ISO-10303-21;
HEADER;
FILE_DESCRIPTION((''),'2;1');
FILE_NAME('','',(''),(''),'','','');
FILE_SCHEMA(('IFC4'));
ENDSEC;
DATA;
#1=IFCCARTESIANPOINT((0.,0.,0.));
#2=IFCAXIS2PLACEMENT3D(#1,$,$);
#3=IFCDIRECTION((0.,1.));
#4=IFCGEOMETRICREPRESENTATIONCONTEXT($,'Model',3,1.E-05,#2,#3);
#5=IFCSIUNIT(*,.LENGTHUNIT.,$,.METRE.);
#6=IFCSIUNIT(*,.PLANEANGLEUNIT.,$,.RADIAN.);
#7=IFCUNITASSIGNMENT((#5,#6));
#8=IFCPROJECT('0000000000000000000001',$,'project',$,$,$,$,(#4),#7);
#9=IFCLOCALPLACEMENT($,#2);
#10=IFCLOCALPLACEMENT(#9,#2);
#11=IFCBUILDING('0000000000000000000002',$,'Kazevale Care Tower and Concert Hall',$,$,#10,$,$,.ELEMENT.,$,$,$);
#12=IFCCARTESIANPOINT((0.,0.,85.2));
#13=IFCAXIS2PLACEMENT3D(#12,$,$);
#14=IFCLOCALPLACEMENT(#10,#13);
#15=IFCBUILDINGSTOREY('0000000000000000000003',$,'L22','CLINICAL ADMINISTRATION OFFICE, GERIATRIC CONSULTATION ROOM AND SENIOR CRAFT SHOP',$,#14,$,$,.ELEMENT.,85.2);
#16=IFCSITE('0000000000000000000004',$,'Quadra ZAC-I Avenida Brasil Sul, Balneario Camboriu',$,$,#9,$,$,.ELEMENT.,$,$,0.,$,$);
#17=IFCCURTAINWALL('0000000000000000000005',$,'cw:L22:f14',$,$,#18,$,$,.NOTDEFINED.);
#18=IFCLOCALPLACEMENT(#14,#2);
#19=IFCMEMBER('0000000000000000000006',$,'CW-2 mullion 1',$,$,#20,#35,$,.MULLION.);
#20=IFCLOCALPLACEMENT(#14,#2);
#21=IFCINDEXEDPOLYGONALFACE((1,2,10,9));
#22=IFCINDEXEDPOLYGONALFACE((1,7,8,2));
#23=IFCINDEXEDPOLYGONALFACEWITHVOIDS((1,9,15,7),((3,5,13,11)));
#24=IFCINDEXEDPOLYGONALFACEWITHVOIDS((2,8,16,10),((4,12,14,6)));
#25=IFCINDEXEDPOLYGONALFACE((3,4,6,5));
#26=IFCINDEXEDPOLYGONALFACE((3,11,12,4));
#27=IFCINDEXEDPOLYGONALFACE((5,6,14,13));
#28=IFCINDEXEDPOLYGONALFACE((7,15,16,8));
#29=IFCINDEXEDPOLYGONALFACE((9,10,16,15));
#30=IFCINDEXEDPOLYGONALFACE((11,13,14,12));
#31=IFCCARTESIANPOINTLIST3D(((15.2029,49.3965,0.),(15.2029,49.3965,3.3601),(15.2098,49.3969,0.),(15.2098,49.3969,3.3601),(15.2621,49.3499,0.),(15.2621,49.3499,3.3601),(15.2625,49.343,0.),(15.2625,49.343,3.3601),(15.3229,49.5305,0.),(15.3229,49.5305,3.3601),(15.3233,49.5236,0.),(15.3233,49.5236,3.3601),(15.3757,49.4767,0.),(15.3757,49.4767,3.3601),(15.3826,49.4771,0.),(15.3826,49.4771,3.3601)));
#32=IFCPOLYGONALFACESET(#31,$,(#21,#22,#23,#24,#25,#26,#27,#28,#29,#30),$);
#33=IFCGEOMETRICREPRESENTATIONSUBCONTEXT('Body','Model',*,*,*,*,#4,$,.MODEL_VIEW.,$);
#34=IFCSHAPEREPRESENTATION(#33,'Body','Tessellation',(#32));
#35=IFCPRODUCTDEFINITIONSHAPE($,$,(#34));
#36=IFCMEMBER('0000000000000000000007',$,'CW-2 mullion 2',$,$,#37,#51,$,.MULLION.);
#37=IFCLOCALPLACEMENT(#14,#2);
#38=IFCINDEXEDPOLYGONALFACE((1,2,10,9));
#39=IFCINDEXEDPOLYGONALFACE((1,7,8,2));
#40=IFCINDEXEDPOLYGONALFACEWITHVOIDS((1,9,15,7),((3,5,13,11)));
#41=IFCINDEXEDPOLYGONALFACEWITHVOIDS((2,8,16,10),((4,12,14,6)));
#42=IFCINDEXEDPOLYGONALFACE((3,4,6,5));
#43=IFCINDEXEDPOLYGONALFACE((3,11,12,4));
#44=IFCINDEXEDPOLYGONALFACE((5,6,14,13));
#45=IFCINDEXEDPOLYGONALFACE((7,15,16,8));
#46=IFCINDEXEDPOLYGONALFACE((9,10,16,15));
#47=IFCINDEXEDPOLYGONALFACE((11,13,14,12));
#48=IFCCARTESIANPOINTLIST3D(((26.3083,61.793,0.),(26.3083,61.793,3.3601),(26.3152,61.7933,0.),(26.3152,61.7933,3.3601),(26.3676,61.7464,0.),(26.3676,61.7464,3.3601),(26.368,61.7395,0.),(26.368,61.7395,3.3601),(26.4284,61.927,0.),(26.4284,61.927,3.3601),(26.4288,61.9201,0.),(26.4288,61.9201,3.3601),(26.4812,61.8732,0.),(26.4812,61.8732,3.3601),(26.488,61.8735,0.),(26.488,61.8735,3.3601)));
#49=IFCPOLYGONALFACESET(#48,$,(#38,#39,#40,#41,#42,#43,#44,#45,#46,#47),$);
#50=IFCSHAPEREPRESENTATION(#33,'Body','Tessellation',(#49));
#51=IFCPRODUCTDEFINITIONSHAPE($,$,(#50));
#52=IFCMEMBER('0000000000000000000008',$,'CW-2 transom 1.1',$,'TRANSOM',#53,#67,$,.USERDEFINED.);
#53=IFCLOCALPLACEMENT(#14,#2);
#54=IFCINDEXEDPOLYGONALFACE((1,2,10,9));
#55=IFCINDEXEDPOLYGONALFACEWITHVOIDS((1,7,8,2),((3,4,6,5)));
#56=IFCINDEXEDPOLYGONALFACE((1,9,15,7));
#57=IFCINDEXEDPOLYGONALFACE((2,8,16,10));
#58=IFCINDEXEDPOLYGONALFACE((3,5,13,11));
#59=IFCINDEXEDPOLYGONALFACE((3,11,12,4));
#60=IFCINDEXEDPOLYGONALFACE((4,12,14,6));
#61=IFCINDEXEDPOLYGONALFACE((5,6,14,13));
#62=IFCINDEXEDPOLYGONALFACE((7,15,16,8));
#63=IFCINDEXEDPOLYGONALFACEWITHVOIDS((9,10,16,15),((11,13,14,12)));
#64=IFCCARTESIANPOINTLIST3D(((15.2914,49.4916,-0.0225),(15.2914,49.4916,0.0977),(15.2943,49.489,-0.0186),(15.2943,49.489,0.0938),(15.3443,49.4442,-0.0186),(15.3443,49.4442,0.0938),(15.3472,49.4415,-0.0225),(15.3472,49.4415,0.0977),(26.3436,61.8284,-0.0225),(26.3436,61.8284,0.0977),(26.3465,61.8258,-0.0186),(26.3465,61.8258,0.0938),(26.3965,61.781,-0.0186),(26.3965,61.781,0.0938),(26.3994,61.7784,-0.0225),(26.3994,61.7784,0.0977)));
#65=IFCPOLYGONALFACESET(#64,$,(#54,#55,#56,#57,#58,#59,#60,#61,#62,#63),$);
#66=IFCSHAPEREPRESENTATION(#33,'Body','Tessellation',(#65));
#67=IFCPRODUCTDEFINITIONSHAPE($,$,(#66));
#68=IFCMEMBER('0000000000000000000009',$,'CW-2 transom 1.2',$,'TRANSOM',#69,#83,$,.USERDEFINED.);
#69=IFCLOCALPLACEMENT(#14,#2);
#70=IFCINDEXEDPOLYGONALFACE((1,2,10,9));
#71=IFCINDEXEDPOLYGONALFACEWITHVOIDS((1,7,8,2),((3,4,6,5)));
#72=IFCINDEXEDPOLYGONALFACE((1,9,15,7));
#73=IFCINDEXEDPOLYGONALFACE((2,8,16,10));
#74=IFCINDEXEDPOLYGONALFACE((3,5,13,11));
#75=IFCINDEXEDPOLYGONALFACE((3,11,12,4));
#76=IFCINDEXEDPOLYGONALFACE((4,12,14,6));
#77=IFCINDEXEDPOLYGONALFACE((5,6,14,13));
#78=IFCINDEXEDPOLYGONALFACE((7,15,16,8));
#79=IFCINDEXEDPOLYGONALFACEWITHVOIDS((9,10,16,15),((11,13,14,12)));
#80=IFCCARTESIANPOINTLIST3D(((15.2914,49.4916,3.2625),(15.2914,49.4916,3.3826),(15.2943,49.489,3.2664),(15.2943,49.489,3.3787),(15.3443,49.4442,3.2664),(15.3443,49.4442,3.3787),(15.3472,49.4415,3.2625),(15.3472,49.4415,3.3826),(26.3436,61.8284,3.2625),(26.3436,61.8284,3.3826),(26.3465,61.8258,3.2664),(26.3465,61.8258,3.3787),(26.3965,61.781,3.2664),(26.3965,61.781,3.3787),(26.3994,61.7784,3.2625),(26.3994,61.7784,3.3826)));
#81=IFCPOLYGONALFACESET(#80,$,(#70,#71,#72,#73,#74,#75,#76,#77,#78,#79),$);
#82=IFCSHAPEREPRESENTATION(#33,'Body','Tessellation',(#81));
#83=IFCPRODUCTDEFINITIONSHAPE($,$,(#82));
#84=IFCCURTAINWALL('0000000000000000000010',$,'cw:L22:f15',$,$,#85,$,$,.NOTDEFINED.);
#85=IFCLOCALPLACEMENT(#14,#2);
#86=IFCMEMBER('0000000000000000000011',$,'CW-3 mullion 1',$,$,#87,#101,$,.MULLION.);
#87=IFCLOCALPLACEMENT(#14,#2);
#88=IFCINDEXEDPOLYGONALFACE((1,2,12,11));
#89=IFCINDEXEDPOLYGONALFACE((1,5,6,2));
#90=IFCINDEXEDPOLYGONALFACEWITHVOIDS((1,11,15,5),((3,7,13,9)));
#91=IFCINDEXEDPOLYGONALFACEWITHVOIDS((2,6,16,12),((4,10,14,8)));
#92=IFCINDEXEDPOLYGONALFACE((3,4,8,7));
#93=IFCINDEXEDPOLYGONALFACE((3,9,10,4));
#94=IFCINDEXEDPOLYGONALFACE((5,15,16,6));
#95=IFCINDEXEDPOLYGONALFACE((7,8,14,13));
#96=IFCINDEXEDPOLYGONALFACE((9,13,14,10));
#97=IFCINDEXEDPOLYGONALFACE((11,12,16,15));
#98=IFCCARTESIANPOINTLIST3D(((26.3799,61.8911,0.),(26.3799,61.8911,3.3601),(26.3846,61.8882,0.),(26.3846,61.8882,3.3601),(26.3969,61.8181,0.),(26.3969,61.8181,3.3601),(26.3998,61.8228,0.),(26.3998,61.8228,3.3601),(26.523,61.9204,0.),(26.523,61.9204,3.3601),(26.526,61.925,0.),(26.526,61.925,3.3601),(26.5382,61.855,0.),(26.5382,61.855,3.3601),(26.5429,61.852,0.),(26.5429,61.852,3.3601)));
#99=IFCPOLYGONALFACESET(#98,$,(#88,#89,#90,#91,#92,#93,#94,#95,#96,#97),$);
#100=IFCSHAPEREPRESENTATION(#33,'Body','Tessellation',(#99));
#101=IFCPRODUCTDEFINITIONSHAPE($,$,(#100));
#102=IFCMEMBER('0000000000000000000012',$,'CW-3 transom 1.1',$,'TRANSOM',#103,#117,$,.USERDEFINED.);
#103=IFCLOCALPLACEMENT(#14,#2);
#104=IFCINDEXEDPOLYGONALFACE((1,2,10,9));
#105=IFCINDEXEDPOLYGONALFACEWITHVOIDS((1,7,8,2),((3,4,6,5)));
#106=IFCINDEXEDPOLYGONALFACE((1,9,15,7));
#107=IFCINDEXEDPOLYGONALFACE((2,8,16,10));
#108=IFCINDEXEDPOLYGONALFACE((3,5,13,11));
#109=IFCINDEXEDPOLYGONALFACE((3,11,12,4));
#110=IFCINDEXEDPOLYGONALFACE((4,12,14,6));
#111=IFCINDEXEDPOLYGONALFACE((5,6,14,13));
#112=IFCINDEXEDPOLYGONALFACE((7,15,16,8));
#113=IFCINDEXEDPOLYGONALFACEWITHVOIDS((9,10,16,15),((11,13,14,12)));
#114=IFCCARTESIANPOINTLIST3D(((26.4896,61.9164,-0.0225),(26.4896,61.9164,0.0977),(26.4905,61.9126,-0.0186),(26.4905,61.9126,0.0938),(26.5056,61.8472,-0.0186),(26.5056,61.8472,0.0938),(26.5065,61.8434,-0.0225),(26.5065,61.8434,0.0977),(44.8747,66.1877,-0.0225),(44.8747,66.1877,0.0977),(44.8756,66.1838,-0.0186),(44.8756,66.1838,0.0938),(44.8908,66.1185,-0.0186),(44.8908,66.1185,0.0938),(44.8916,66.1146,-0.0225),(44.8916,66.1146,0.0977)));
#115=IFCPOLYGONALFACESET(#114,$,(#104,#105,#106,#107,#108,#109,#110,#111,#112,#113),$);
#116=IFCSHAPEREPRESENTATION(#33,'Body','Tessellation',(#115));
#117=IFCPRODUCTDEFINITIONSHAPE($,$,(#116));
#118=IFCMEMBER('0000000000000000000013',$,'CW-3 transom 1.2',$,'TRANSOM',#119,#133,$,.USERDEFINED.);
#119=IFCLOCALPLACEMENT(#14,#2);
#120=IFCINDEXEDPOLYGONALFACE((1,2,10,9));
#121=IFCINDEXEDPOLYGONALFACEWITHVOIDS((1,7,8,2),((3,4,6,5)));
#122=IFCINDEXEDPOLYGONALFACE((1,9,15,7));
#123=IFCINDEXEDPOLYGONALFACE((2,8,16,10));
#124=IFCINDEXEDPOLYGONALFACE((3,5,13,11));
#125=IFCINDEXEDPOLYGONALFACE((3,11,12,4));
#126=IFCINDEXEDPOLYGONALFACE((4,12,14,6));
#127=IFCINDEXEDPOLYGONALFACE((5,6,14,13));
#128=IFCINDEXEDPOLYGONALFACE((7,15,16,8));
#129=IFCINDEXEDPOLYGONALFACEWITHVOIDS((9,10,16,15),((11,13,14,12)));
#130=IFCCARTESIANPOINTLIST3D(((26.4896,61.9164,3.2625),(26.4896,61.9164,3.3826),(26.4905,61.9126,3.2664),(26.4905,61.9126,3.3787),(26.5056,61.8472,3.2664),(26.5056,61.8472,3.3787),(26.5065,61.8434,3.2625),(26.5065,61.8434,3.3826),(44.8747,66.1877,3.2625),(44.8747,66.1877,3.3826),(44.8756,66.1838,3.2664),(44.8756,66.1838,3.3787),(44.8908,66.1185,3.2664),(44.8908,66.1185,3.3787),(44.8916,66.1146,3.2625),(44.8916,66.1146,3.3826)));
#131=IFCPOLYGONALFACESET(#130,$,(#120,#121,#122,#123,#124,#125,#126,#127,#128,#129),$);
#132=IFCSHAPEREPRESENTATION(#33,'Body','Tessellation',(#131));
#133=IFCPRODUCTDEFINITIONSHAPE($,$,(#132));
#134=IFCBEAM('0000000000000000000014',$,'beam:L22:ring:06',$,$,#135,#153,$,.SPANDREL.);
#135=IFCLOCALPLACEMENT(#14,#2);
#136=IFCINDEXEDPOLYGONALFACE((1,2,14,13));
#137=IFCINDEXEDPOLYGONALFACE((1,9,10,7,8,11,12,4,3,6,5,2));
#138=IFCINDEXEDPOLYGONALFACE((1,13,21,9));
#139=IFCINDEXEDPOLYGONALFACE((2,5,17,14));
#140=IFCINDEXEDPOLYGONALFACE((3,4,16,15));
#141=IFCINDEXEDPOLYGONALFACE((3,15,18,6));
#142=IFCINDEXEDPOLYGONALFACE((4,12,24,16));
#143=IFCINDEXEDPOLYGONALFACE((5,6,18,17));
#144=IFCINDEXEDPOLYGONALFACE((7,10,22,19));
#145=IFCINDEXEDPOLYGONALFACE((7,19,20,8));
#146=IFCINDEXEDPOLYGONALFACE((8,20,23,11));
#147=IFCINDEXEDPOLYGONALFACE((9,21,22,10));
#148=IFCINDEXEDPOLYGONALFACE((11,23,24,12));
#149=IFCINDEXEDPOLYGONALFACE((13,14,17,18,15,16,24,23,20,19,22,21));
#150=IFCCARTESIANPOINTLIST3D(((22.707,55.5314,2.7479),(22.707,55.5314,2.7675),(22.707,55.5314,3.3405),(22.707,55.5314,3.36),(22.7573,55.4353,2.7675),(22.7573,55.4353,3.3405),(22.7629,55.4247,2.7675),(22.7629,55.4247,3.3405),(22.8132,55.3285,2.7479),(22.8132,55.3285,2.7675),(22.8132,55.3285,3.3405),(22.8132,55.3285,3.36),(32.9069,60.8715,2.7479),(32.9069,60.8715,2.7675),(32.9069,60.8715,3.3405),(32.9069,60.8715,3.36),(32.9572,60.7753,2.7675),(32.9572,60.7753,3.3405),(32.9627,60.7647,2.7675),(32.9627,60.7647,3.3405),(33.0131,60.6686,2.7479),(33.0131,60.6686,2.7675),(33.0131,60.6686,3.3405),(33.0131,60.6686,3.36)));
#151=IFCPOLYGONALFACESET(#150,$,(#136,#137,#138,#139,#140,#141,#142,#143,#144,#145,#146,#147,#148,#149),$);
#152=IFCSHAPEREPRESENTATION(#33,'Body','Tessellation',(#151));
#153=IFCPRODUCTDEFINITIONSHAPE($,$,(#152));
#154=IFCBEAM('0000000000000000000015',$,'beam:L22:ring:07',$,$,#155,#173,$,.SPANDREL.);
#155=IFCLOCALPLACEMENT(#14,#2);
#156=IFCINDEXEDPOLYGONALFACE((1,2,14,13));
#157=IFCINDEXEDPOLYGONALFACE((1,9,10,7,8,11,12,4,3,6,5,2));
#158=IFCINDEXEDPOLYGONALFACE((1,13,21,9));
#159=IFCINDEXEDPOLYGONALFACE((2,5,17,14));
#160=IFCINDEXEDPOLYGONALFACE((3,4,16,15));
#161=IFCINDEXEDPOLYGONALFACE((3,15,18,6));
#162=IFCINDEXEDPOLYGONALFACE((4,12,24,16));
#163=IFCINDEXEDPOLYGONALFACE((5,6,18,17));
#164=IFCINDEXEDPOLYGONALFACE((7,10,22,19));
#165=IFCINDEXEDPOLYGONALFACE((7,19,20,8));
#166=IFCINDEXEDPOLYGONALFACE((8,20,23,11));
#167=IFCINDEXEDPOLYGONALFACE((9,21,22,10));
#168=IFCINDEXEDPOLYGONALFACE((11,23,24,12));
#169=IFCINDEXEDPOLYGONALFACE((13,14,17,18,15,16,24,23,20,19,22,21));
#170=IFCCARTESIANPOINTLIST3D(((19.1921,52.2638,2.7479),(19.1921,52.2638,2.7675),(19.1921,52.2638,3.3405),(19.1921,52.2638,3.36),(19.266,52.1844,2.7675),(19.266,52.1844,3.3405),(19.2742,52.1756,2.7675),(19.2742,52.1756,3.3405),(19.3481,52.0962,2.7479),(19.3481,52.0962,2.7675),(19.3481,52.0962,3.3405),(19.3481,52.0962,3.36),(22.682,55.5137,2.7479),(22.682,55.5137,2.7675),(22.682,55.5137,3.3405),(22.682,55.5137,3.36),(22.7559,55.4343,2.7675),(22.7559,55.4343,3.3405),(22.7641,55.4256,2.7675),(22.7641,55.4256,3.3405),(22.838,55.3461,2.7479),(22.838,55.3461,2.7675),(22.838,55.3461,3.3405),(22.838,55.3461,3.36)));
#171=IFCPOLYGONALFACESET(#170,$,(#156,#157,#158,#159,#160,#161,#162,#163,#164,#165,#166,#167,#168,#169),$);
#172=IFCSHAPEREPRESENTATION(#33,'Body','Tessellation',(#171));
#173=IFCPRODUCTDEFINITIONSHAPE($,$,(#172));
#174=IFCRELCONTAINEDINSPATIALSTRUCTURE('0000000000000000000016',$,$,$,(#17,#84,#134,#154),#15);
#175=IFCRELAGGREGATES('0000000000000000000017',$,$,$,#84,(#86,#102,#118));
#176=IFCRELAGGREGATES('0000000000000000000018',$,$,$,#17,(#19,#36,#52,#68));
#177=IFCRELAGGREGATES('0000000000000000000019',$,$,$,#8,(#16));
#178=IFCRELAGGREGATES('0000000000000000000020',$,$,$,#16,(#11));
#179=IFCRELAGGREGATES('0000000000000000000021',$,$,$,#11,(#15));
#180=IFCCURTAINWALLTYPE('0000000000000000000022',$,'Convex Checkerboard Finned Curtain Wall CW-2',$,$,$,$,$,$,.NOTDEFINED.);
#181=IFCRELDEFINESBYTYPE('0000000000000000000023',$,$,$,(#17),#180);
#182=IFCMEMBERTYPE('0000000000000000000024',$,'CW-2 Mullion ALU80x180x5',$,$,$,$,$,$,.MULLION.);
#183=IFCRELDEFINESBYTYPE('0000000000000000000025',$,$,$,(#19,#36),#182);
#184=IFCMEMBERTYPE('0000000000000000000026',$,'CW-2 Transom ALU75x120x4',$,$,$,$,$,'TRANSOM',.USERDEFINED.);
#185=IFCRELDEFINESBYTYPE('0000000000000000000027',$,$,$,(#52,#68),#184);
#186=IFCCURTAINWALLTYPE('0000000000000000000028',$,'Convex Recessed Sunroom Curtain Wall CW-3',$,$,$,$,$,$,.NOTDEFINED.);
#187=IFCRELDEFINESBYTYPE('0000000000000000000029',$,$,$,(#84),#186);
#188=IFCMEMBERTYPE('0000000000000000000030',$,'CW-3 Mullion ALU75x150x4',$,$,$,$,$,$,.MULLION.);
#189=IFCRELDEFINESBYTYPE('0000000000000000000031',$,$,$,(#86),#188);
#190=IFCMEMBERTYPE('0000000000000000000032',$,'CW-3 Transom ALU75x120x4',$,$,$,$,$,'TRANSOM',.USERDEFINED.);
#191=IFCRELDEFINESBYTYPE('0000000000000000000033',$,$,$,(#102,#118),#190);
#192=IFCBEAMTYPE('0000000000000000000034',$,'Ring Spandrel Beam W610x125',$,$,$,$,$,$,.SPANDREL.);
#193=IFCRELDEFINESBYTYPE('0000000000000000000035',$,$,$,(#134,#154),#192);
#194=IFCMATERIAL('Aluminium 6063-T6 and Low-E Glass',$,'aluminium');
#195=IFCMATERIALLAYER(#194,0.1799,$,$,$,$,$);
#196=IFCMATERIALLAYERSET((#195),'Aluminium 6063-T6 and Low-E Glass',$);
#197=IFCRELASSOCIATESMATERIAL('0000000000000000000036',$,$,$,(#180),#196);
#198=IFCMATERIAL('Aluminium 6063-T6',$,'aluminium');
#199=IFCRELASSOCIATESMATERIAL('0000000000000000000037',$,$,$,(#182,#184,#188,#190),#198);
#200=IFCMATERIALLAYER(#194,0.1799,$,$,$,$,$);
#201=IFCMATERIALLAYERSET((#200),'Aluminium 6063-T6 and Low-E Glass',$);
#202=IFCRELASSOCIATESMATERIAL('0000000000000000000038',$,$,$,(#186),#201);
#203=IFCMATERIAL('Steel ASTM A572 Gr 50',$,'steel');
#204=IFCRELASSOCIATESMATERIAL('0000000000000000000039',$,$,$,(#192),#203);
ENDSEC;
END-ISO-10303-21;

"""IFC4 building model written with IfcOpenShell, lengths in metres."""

from ifc_helpers import new_model, si_unit, direction, frame, origin, origin_2d, place, context, subcontext, project, spatial, hollow_rectangle, i_section, extrude, material, layer, layer_set, material_profile, profile_set, type_object, element, aggregate, save


model = new_model("IFC4")

# Units and contexts
model_context = context("Model", 3, precision=1e-05, world=origin(), true_north=direction((0.0, 1.0)))
body_context = subcontext(model_context, "Body", "Model", "MODEL_VIEW")
ifc_project = project(units=[si_unit("LENGTHUNIT", "METRE"), si_unit("PLANEANGLEUNIT", "RADIAN")], contexts=[model_context])

# Site, building, storey
site_placement = place(None, origin())
site = spatial("IfcSite", under=ifc_project, at=site_placement, Name="Quadra ZAC-I Avenida Brasil Sul, Balneario Camboriu", CompositionType="ELEMENT", RefElevation=0.0)
building_placement = place(site_placement, origin())
building = spatial("IfcBuilding", under=site, at=building_placement, Name="Kazevale Care Tower and Concert Hall", CompositionType="ELEMENT")
storey_placement = place(building_placement, frame((0.0, 0.0, 85.2)))
storey = spatial("IfcBuildingStorey", under=building, at=storey_placement, Name="L22", Description="CLINICAL ADMINISTRATION OFFICE, GERIATRIC CONSULTATION ROOM AND SENIOR CRAFT SHOP", CompositionType="ELEMENT", Elevation=85.2)

# Curtain walls, members
ifc_material_1 = material(Name="Aluminium 6063-T6 and Low-E Glass", Category="aluminium")
ifc_layer_1 = layer(ifc_material_1, 0.1799)
ifc_layer_set_1 = layer_set([ifc_layer_1], Name="Aluminium 6063-T6 and Low-E Glass")
curtain_wall_type_1 = type_object("IfcCurtainWallType", Name="Convex Checkerboard Finned Curtain Wall CW-2", PredefinedType="NOTDEFINED", material=ifc_layer_set_1)
curtain_wall_1_placement = place(storey_placement, origin())
curtain_wall_1 = element("IfcCurtainWall", 1, at=curtain_wall_1_placement, inside=storey, type_object=curtain_wall_type_1, Name="cw:L22:f14", PredefinedType="NOTDEFINED")
ifc_material_2 = material(Name="Aluminium 6063-T6", Category="aluminium")
ifc_material_profile_1 = material_profile(ifc_material_2, hollow_rectangle(XDim=0.0801, YDim=0.1799, WallThickness=0.0049, at=origin_2d()), Name="ALU80x180x5")
ifc_profile_set_1 = profile_set([ifc_material_profile_1], Name="Aluminium 6063-T6")
member_type_1 = type_object("IfcMemberType", Name="CW-2 Mullion ALU80x180x5", PredefinedType="MULLION", material=ifc_profile_set_1)
member_1_placement = place(storey_placement, frame((15.2927, 49.4368, 0.0), z_axis=(0.0, 0.0, 1.0), x_axis=(-0.74482, 0.667265, 0.0)))
member_1 = element("IfcMember", 2, at=member_1_placement, type_object=member_type_1, Name="CW-2 mullion 1", PredefinedType="MULLION", context=body_context, shape_type="SweptSolid", body=[
    extrude(hollow_rectangle(XDim=0.0801, YDim=0.1799, WallThickness=0.0049, at=origin_2d()), origin(), (0.0, 0.0, 1.0), 3.3601),
])
member_2_placement = place(storey_placement, frame((26.3982, 61.8333, 0.0), z_axis=(0.0, 0.0, 1.0), x_axis=(-0.74482, 0.667265, 0.0)))
member_2 = element("IfcMember", 3, at=member_2_placement, type_object=member_type_1, Name="CW-2 mullion 2", PredefinedType="MULLION", context=body_context, shape_type="SweptSolid", body=[
    extrude(hollow_rectangle(XDim=0.0801, YDim=0.1799, WallThickness=0.0049, at=origin_2d()), origin(), (0.0, 0.0, 1.0), 3.3601),
])
ifc_material_profile_2 = material_profile(ifc_material_2, hollow_rectangle(XDim=0.075, YDim=0.1201, WallThickness=0.0039, at=origin_2d()), Name="ALU75x120x4")
ifc_profile_set_2 = profile_set([ifc_material_profile_2], Name="Aluminium 6063-T6")
member_type_2 = type_object("IfcMemberType", Name="CW-2 Transom ALU75x120x4", ElementType="TRANSOM", PredefinedType="USERDEFINED", material=ifc_profile_set_2)
member_3_placement = place(storey_placement, frame((15.3193, 49.4666, 0.0376), z_axis=(0.667263, 0.744823, 0.0), x_axis=(-0.744823, 0.667263, 0.0)))
member_3 = element("IfcMember", 4, at=member_3_placement, type_object=member_type_2, Name="CW-2 transom 1.1", ObjectType="TRANSOM", PredefinedType="USERDEFINED", context=body_context, shape_type="SweptSolid", body=[
    extrude(hollow_rectangle(XDim=0.075, YDim=0.1201, WallThickness=0.0039, at=origin_2d()), origin(), (0.0, 0.0, 1.0), 16.5635),
])
member_4_placement = place(storey_placement, frame((15.3193, 49.4666, 3.3225), z_axis=(0.667263, 0.744823, 0.0), x_axis=(-0.744823, 0.667263, 0.0)))
member_4 = element("IfcMember", 5, at=member_4_placement, type_object=member_type_2, Name="CW-2 transom 1.2", ObjectType="TRANSOM", PredefinedType="USERDEFINED", context=body_context, shape_type="SweptSolid", body=[
    extrude(hollow_rectangle(XDim=0.075, YDim=0.1201, WallThickness=0.0039, at=origin_2d()), origin(), (0.0, 0.0, 1.0), 16.5635),
])
ifc_layer_2 = layer(ifc_material_1, 0.1799)
ifc_layer_set_2 = layer_set([ifc_layer_2], Name="Aluminium 6063-T6 and Low-E Glass")
curtain_wall_type_2 = type_object("IfcCurtainWallType", Name="Convex Recessed Sunroom Curtain Wall CW-3", PredefinedType="NOTDEFINED", material=ifc_layer_set_2)
curtain_wall_2_placement = place(storey_placement, origin())
curtain_wall_2 = element("IfcCurtainWall", 6, at=curtain_wall_2_placement, inside=storey, type_object=curtain_wall_type_2, Name="cw:L22:f15", PredefinedType="NOTDEFINED")
ifc_material_profile_3 = material_profile(ifc_material_2, hollow_rectangle(XDim=0.075, YDim=0.1499, WallThickness=0.0039, at=origin_2d()), Name="ALU75x150x4")
ifc_profile_set_3 = profile_set([ifc_material_profile_3], Name="Aluminium 6063-T6")
member_type_3 = type_object("IfcMemberType", Name="CW-3 Mullion ALU75x150x4", PredefinedType="MULLION", material=ifc_profile_set_3)
member_5_placement = place(storey_placement, frame((26.4614, 61.8716, 0.0), z_axis=(0.0, 0.0, 1.0), x_axis=(-0.226287, 0.974061, 0.0)))
member_5 = element("IfcMember", 7, at=member_5_placement, type_object=member_type_3, Name="CW-3 mullion 1", PredefinedType="MULLION", context=body_context, shape_type="SweptSolid", body=[
    extrude(hollow_rectangle(XDim=0.075, YDim=0.1499, WallThickness=0.0039, at=origin_2d()), origin(), (0.0, 0.0, 1.0), 3.3601),
])
ifc_material_profile_4 = material_profile(ifc_material_2, hollow_rectangle(XDim=0.075, YDim=0.1201, WallThickness=0.0039, at=origin_2d()), Name="ALU75x120x4")
ifc_profile_set_4 = profile_set([ifc_material_profile_4], Name="Aluminium 6063-T6")
member_type_4 = type_object("IfcMemberType", Name="CW-3 Transom ALU75x120x4", ElementType="TRANSOM", PredefinedType="USERDEFINED", material=ifc_profile_set_4)
member_6_placement = place(storey_placement, frame((26.498, 61.8799, 0.0376), z_axis=(0.974059, 0.226295, 0.0), x_axis=(-0.226295, 0.974059, 0.0)))
member_6 = element("IfcMember", 8, at=member_6_placement, type_object=member_type_4, Name="CW-3 transom 1.1", ObjectType="TRANSOM", PredefinedType="USERDEFINED", context=body_context, shape_type="SweptSolid", body=[
    extrude(hollow_rectangle(XDim=0.075, YDim=0.1201, WallThickness=0.0039, at=origin_2d()), origin(), (0.0, 0.0, 1.0), 18.8748),
])
member_7_placement = place(storey_placement, frame((26.498, 61.8799, 3.3225), z_axis=(0.974059, 0.226295, 0.0), x_axis=(-0.226295, 0.974059, 0.0)))
member_7 = element("IfcMember", 9, at=member_7_placement, type_object=member_type_4, Name="CW-3 transom 1.2", ObjectType="TRANSOM", PredefinedType="USERDEFINED", context=body_context, shape_type="SweptSolid", body=[
    extrude(hollow_rectangle(XDim=0.075, YDim=0.1201, WallThickness=0.0039, at=origin_2d()), origin(), (0.0, 0.0, 1.0), 18.8748),
])
aggregate(curtain_wall_2, [member_5, member_6, member_7])

# Beams
ifc_material_3 = material(Name="Steel ASTM A572 Gr 50", Category="steel")
ifc_material_profile_5 = material_profile(ifc_material_3, i_section(OverallWidth=0.229, OverallDepth=0.6121, WebThickness=0.012, FlangeThickness=0.0195, at=origin_2d()), Name="W610x125")
ifc_profile_set_5 = profile_set([ifc_material_profile_5], Name="Steel ASTM A572 Gr 50")
beam_type_1 = type_object("IfcBeamType", Name="Ring Spandrel Beam W610x125", PredefinedType="SPANDREL", material=ifc_profile_set_5)
beam_1_placement = place(storey_placement, frame((32.96, 60.77, 3.054), z_axis=(-0.885929, -0.46382, 0.0), x_axis=(0.46382, -0.885929, 0.0)))
element("IfcBeam", 10, at=beam_1_placement, inside=storey, type_object=beam_type_1, Name="beam:L22:ring:06", PredefinedType="SPANDREL", context=body_context, shape_type="SweptSolid", body=[
    extrude(i_section(OverallWidth=0.229, OverallDepth=0.6121, WebThickness=0.012, FlangeThickness=0.0195, at=origin_2d()), origin(), (0.0, 0.0, 1.0), 11.5132),
])
beam_2_placement = place(storey_placement, frame((22.76, 55.4299, 3.054), z_axis=(-0.731821, -0.681497, 0.0), x_axis=(0.681497, -0.731821, 0.0)))
element("IfcBeam", 11, at=beam_2_placement, inside=storey, type_object=beam_type_1, Name="beam:L22:ring:07", PredefinedType="SPANDREL", context=body_context, shape_type="SweptSolid", body=[
    extrude(i_section(OverallWidth=0.229, OverallDepth=0.6121, WebThickness=0.012, FlangeThickness=0.0195, at=origin_2d()), origin(), (0.0, 0.0, 1.0), 4.7688),
])

aggregate(curtain_wall_1, [member_1, member_2, member_3, member_4])

save(model, "model.ifc")
